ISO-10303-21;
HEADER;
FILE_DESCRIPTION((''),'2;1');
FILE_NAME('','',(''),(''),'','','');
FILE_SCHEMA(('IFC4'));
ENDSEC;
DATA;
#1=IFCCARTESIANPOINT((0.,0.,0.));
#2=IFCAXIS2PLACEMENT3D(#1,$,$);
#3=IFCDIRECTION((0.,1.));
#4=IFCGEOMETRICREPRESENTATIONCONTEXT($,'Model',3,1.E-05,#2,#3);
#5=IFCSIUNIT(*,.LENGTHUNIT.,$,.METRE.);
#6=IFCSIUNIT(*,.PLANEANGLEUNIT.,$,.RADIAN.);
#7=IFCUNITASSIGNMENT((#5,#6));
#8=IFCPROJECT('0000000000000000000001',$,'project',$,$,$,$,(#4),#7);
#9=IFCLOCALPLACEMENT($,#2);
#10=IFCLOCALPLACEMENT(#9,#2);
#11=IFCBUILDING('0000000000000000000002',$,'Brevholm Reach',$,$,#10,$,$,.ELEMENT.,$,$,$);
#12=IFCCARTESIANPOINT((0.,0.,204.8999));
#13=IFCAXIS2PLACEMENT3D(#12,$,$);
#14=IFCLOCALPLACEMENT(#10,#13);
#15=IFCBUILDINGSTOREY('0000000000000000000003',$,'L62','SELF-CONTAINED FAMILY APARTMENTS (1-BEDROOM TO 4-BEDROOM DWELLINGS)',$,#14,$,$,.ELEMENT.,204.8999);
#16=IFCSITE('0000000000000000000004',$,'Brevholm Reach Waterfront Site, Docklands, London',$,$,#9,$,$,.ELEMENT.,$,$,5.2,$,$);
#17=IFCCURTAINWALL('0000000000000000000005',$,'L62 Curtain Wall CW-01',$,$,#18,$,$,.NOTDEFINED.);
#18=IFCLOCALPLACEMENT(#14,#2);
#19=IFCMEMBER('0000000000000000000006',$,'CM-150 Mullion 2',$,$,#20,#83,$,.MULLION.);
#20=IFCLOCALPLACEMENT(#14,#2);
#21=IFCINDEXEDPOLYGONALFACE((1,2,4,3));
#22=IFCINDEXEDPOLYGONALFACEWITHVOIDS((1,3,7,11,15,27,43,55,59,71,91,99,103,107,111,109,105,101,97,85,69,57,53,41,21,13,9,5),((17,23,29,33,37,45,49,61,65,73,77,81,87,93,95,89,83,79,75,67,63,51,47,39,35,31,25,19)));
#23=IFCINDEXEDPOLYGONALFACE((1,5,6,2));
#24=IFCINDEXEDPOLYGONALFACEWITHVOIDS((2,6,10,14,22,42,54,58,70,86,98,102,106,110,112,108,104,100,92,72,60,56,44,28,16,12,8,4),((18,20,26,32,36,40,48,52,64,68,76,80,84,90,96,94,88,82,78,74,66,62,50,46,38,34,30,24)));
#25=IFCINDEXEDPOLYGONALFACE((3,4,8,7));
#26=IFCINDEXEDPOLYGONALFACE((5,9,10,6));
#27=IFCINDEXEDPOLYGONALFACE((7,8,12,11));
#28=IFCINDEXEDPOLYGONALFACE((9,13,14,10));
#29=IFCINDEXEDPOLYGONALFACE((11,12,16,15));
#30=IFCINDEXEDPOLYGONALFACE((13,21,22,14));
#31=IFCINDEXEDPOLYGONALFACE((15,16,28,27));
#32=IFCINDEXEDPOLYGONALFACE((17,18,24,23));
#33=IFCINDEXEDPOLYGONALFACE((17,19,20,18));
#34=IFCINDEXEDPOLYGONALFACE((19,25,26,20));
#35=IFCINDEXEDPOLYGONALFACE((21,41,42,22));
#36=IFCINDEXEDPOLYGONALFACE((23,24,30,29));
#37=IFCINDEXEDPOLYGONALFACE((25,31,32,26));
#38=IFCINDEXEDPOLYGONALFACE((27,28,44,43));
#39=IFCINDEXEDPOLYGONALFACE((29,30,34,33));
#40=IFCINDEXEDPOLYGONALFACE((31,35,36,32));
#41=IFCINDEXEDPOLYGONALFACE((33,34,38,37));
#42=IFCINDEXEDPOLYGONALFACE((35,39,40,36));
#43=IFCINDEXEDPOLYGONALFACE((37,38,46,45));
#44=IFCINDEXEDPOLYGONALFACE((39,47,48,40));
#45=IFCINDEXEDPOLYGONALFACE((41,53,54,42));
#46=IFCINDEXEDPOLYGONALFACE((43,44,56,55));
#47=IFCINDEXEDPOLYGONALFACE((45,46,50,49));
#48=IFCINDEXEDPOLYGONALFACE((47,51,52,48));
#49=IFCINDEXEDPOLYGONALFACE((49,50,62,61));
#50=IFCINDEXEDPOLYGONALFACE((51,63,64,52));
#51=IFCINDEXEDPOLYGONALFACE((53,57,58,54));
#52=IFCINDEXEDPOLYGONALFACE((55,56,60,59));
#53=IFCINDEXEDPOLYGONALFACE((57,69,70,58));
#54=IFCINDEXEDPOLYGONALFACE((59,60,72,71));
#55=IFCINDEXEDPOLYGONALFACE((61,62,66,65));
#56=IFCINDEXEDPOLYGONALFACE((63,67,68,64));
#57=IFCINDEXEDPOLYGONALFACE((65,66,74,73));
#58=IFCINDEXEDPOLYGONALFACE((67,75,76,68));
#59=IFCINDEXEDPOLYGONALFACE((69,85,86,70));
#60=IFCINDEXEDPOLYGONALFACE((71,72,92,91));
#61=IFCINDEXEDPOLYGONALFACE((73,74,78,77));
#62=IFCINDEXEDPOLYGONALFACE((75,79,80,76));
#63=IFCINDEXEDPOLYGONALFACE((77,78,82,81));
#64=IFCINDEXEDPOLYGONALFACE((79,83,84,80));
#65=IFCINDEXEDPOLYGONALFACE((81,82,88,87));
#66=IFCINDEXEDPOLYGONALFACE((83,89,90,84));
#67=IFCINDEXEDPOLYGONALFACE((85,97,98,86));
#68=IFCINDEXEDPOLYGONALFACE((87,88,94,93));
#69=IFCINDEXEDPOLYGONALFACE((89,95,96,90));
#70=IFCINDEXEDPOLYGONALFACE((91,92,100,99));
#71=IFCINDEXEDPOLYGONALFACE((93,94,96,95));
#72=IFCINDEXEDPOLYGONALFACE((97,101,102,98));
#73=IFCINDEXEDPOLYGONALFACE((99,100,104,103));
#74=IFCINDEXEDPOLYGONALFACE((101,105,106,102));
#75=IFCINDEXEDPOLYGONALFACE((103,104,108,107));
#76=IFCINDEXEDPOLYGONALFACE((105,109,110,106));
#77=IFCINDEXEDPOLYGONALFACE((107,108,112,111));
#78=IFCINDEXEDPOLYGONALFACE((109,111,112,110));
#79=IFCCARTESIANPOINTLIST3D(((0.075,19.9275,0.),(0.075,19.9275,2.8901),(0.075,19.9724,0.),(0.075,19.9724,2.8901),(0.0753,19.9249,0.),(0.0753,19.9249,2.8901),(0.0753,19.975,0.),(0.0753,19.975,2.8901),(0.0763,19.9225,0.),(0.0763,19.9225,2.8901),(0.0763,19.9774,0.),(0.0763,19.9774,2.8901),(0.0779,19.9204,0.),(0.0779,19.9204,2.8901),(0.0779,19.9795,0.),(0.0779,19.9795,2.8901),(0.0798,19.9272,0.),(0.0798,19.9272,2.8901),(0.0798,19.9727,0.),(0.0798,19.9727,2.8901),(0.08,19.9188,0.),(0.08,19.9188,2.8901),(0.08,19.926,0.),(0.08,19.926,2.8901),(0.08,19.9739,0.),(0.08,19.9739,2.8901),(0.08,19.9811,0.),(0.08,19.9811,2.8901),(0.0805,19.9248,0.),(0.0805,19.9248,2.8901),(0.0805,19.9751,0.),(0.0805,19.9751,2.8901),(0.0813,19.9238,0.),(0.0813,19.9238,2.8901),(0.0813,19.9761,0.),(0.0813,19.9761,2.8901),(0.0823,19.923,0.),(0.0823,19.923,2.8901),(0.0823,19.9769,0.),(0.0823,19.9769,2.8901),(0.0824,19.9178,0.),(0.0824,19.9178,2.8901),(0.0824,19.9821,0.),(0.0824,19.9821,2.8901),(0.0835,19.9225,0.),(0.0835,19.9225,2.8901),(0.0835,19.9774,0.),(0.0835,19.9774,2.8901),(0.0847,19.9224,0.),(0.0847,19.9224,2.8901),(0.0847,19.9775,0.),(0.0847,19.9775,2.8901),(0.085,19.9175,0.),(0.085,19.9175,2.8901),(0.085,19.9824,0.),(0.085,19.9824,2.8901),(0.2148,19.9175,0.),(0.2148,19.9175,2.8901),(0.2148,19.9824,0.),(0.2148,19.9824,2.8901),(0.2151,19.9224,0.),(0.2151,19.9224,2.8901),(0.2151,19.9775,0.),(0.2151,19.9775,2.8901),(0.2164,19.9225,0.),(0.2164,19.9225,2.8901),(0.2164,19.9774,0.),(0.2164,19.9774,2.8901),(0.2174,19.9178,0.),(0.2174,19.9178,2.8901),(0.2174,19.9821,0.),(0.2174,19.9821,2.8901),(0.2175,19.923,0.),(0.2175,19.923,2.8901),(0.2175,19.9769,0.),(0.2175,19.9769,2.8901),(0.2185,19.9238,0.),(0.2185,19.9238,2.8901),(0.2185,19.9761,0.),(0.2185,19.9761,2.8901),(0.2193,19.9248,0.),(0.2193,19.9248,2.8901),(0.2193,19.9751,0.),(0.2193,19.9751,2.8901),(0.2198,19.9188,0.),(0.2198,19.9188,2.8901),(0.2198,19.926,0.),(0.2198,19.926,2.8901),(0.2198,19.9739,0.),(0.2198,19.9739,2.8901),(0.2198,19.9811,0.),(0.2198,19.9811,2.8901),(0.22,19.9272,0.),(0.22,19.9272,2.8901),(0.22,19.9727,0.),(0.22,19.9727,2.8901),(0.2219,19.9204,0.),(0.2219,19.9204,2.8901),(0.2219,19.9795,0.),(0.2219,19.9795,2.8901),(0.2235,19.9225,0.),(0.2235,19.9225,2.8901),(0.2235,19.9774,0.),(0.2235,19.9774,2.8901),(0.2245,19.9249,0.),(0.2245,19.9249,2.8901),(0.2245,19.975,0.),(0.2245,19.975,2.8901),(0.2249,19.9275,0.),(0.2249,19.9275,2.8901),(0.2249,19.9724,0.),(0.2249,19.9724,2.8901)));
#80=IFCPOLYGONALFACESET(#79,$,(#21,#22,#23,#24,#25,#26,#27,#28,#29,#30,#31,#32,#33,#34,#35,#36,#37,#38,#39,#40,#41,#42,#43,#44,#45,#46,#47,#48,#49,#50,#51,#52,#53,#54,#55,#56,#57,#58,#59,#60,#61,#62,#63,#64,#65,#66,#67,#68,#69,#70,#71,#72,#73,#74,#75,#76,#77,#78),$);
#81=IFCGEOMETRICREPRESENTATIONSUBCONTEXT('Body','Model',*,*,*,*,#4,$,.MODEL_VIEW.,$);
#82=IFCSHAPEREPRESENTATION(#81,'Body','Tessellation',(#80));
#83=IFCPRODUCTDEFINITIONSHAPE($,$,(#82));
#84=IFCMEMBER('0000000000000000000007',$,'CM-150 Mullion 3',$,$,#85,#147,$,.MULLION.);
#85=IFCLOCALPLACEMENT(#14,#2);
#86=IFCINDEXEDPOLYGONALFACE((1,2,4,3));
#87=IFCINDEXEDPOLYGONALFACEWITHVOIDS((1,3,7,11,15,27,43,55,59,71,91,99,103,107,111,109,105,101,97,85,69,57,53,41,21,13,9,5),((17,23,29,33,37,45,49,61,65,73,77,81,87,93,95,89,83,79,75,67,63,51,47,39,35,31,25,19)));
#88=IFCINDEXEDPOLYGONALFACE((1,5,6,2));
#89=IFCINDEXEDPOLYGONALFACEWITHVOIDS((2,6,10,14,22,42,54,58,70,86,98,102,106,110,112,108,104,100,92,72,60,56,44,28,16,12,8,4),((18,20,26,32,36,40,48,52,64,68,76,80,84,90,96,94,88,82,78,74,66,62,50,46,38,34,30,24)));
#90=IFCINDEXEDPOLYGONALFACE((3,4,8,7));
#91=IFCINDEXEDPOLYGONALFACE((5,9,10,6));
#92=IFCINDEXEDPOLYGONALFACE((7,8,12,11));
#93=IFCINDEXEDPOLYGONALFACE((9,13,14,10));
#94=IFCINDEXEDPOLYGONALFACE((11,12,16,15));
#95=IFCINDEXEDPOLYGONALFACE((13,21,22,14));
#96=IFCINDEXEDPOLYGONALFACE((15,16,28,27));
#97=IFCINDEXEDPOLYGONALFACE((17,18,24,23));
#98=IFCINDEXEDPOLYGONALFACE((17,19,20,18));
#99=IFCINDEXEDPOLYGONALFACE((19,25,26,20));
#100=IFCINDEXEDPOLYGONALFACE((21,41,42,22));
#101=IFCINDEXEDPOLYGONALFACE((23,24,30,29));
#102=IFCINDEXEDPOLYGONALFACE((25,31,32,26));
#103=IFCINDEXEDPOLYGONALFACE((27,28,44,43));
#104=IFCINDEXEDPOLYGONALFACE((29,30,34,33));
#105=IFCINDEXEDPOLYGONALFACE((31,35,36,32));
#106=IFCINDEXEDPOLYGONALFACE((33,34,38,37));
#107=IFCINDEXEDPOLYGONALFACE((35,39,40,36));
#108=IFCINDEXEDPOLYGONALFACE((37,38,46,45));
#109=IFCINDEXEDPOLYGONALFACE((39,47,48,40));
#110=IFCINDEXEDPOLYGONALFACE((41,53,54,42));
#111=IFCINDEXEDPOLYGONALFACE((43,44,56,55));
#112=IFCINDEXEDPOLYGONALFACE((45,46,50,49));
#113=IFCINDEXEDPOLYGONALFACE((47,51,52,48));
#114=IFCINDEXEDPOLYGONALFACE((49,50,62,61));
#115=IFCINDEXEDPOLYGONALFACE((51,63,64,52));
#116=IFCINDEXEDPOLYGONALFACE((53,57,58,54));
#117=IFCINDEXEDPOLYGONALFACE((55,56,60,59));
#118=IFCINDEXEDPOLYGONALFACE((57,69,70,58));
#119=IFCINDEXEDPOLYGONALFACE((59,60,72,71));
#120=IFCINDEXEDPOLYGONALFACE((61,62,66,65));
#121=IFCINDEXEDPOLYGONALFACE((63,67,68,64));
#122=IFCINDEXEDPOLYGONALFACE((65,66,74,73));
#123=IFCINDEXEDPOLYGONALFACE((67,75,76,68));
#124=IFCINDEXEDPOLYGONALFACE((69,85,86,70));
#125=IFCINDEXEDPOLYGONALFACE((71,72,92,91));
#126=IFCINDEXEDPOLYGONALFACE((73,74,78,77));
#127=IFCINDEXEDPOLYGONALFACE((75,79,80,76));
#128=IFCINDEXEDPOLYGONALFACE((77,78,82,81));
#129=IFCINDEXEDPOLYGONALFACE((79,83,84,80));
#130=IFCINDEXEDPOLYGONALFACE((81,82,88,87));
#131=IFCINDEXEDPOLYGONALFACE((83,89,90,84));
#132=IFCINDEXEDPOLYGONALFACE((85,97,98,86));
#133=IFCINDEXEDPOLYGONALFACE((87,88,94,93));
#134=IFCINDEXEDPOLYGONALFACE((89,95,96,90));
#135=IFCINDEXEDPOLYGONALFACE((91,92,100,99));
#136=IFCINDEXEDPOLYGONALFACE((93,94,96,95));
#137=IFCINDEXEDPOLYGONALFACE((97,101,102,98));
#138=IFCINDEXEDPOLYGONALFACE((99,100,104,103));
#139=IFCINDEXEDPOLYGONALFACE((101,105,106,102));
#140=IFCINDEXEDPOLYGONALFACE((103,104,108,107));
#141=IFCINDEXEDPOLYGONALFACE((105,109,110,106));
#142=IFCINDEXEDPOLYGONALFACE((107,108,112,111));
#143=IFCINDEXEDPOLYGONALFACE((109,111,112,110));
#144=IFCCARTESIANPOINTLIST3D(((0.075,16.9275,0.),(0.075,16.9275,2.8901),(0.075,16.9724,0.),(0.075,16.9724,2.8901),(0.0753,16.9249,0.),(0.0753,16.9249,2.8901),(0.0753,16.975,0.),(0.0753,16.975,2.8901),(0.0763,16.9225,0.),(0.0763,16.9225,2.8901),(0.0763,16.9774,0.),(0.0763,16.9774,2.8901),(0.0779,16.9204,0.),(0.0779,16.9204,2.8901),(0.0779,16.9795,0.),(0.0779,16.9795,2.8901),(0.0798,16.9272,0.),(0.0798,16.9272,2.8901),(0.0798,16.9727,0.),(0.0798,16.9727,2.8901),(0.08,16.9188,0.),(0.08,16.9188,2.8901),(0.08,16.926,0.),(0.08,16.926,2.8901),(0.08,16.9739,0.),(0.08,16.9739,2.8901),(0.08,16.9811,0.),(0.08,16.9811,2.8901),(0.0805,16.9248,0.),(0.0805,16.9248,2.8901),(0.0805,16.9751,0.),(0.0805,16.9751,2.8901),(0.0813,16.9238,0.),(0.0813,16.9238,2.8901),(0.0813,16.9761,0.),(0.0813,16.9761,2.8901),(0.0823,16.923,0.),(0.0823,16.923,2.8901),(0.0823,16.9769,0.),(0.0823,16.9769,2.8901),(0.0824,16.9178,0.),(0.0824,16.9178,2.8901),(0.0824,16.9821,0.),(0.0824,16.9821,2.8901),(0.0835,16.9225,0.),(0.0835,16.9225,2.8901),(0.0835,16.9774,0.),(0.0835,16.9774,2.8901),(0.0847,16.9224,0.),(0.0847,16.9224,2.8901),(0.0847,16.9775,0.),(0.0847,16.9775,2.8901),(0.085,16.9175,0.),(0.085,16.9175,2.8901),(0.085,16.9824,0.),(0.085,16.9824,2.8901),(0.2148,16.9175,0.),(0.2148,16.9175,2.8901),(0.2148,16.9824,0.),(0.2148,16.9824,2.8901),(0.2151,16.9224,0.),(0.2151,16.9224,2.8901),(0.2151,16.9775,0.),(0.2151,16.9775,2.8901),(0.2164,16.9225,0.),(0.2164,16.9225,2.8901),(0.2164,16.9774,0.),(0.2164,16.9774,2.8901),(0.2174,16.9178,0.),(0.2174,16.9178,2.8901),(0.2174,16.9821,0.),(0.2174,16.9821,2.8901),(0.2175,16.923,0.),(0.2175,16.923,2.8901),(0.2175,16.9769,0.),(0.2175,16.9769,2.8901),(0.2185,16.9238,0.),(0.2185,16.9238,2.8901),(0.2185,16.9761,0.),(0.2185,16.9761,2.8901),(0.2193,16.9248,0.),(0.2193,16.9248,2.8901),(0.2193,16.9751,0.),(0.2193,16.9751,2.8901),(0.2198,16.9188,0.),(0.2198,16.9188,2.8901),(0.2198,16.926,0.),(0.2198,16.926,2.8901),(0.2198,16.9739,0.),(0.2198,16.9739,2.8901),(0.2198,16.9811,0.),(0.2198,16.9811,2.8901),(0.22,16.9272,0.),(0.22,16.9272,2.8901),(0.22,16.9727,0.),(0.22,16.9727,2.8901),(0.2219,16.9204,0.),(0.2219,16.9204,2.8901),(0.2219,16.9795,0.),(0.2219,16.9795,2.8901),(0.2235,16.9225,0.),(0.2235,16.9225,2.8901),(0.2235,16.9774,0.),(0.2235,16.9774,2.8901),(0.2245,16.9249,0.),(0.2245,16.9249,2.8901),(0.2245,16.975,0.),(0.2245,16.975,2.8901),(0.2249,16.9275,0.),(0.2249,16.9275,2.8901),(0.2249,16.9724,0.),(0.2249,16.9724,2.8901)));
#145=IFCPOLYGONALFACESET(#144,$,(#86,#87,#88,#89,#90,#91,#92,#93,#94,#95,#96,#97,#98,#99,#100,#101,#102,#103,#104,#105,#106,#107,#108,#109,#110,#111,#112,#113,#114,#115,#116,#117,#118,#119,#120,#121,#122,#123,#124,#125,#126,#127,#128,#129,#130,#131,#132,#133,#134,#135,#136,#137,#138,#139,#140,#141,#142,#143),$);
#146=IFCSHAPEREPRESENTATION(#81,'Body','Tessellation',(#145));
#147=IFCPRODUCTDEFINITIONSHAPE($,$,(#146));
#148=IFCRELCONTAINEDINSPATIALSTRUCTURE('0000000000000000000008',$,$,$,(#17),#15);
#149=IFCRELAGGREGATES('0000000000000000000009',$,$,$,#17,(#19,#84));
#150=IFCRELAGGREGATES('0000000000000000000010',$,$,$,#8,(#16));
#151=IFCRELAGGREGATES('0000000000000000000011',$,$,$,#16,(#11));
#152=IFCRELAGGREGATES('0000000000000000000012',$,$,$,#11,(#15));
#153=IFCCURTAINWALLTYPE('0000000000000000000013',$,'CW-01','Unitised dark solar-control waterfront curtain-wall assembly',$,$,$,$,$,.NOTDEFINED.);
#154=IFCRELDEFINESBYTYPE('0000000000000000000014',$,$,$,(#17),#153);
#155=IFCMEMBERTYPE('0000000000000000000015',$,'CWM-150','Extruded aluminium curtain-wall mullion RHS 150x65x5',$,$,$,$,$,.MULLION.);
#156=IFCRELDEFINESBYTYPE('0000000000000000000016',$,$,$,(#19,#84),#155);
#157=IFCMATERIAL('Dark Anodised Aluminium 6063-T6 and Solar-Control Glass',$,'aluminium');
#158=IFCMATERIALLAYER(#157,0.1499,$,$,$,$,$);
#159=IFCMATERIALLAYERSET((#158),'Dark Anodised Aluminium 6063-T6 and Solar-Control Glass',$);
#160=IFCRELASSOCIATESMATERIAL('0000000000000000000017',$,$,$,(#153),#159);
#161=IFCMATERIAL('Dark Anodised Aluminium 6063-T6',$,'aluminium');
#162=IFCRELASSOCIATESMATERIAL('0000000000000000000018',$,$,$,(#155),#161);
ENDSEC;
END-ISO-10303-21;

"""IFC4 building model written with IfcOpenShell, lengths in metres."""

from ifc_helpers import new_model, si_unit, direction, frame, origin, origin_2d, place, context, subcontext, project, spatial, hollow_rectangle, extrude, material, layer, layer_set, material_profile, profile_set, type_object, element, aggregate, save


model = new_model("IFC4")

# Units and contexts
model_context = context("Model", 3, precision=1e-05, world=origin(), true_north=direction((0.0, 1.0)))
body_context = subcontext(model_context, "Body", "Model", "MODEL_VIEW")
ifc_project = project(units=[si_unit("LENGTHUNIT", "METRE"), si_unit("PLANEANGLEUNIT", "RADIAN")], contexts=[model_context])

# Site, building, storey
site_placement = place(None, origin())
site = spatial("IfcSite", under=ifc_project, at=site_placement, Name="Brevholm Reach Waterfront Site, Docklands, London", CompositionType="ELEMENT", RefElevation=5.2)
building_placement = place(site_placement, origin())
building = spatial("IfcBuilding", under=site, at=building_placement, Name="Brevholm Reach", CompositionType="ELEMENT")
storey_placement = place(building_placement, frame((0.0, 0.0, 204.8999)))
storey = spatial("IfcBuildingStorey", under=building, at=storey_placement, Name="L62", Description="SELF-CONTAINED FAMILY APARTMENTS (1-BEDROOM TO 4-BEDROOM DWELLINGS)", CompositionType="ELEMENT", Elevation=204.8999)

# Curtain wall, members
ifc_material_1 = material(Name="Dark Anodised Aluminium 6063-T6 and Solar-Control Glass", Category="aluminium")
ifc_layer_1 = layer(ifc_material_1, 0.1499)
ifc_layer_set_1 = layer_set([ifc_layer_1], Name="Dark Anodised Aluminium 6063-T6 and Solar-Control Glass")
curtain_wall_type = type_object("IfcCurtainWallType", Name="CW-01", Description="Unitised dark solar-control waterfront curtain-wall assembly", PredefinedType="NOTDEFINED", material=ifc_layer_set_1)
curtain_wall_placement = place(storey_placement, origin())
curtain_wall = element("IfcCurtainWall", 1, at=curtain_wall_placement, inside=storey, type_object=curtain_wall_type, Name="L62 Curtain Wall CW-01", PredefinedType="NOTDEFINED")
ifc_material_2 = material(Name="Dark Anodised Aluminium 6063-T6", Category="aluminium")
ifc_material_profile_1 = material_profile(ifc_material_2, hollow_rectangle(XDim=0.0649, YDim=0.1499, WallThickness=0.0049, InnerFilletRadius=0.0049, OuterFilletRadius=0.01, at=origin_2d()), Name="RHS 150x65x5")
ifc_profile_set_1 = profile_set([ifc_material_profile_1], Name="Dark Anodised Aluminium 6063-T6")
member_type_1 = type_object("IfcMemberType", Name="CWM-150", Description="Extruded aluminium curtain-wall mullion RHS 150x65x5", PredefinedType="MULLION", material=ifc_profile_set_1)
member_1_placement = place(storey_placement, frame((0.1499, 19.95, 0.0), z_axis=(0.0, 0.0, 1.0), x_axis=(0.0, -1.0, 0.0)))
member_1 = element("IfcMember", 2, at=member_1_placement, type_object=member_type_1, Name="CM-150 Mullion 2", PredefinedType="MULLION", context=body_context, shape_type="SweptSolid", body=[
    extrude(hollow_rectangle(XDim=0.0649, YDim=0.1499, WallThickness=0.0049, InnerFilletRadius=0.0049, OuterFilletRadius=0.01, at=origin_2d()), origin(), (0.0, 0.0, 1.0), 2.8901),
])
member_2_placement = place(storey_placement, frame((0.1499, 16.95, 0.0), z_axis=(0.0, 0.0, 1.0), x_axis=(0.0, -1.0, 0.0)))
member_2 = element("IfcMember", 3, at=member_2_placement, type_object=member_type_1, Name="CM-150 Mullion 3", PredefinedType="MULLION", context=body_context, shape_type="SweptSolid", body=[
    extrude(hollow_rectangle(XDim=0.0649, YDim=0.1499, WallThickness=0.0049, InnerFilletRadius=0.0049, OuterFilletRadius=0.01, at=origin_2d()), origin(), (0.0, 0.0, 1.0), 2.8901),
])
aggregate(curtain_wall, [member_1, member_2])

save(model, "model.ifc")
